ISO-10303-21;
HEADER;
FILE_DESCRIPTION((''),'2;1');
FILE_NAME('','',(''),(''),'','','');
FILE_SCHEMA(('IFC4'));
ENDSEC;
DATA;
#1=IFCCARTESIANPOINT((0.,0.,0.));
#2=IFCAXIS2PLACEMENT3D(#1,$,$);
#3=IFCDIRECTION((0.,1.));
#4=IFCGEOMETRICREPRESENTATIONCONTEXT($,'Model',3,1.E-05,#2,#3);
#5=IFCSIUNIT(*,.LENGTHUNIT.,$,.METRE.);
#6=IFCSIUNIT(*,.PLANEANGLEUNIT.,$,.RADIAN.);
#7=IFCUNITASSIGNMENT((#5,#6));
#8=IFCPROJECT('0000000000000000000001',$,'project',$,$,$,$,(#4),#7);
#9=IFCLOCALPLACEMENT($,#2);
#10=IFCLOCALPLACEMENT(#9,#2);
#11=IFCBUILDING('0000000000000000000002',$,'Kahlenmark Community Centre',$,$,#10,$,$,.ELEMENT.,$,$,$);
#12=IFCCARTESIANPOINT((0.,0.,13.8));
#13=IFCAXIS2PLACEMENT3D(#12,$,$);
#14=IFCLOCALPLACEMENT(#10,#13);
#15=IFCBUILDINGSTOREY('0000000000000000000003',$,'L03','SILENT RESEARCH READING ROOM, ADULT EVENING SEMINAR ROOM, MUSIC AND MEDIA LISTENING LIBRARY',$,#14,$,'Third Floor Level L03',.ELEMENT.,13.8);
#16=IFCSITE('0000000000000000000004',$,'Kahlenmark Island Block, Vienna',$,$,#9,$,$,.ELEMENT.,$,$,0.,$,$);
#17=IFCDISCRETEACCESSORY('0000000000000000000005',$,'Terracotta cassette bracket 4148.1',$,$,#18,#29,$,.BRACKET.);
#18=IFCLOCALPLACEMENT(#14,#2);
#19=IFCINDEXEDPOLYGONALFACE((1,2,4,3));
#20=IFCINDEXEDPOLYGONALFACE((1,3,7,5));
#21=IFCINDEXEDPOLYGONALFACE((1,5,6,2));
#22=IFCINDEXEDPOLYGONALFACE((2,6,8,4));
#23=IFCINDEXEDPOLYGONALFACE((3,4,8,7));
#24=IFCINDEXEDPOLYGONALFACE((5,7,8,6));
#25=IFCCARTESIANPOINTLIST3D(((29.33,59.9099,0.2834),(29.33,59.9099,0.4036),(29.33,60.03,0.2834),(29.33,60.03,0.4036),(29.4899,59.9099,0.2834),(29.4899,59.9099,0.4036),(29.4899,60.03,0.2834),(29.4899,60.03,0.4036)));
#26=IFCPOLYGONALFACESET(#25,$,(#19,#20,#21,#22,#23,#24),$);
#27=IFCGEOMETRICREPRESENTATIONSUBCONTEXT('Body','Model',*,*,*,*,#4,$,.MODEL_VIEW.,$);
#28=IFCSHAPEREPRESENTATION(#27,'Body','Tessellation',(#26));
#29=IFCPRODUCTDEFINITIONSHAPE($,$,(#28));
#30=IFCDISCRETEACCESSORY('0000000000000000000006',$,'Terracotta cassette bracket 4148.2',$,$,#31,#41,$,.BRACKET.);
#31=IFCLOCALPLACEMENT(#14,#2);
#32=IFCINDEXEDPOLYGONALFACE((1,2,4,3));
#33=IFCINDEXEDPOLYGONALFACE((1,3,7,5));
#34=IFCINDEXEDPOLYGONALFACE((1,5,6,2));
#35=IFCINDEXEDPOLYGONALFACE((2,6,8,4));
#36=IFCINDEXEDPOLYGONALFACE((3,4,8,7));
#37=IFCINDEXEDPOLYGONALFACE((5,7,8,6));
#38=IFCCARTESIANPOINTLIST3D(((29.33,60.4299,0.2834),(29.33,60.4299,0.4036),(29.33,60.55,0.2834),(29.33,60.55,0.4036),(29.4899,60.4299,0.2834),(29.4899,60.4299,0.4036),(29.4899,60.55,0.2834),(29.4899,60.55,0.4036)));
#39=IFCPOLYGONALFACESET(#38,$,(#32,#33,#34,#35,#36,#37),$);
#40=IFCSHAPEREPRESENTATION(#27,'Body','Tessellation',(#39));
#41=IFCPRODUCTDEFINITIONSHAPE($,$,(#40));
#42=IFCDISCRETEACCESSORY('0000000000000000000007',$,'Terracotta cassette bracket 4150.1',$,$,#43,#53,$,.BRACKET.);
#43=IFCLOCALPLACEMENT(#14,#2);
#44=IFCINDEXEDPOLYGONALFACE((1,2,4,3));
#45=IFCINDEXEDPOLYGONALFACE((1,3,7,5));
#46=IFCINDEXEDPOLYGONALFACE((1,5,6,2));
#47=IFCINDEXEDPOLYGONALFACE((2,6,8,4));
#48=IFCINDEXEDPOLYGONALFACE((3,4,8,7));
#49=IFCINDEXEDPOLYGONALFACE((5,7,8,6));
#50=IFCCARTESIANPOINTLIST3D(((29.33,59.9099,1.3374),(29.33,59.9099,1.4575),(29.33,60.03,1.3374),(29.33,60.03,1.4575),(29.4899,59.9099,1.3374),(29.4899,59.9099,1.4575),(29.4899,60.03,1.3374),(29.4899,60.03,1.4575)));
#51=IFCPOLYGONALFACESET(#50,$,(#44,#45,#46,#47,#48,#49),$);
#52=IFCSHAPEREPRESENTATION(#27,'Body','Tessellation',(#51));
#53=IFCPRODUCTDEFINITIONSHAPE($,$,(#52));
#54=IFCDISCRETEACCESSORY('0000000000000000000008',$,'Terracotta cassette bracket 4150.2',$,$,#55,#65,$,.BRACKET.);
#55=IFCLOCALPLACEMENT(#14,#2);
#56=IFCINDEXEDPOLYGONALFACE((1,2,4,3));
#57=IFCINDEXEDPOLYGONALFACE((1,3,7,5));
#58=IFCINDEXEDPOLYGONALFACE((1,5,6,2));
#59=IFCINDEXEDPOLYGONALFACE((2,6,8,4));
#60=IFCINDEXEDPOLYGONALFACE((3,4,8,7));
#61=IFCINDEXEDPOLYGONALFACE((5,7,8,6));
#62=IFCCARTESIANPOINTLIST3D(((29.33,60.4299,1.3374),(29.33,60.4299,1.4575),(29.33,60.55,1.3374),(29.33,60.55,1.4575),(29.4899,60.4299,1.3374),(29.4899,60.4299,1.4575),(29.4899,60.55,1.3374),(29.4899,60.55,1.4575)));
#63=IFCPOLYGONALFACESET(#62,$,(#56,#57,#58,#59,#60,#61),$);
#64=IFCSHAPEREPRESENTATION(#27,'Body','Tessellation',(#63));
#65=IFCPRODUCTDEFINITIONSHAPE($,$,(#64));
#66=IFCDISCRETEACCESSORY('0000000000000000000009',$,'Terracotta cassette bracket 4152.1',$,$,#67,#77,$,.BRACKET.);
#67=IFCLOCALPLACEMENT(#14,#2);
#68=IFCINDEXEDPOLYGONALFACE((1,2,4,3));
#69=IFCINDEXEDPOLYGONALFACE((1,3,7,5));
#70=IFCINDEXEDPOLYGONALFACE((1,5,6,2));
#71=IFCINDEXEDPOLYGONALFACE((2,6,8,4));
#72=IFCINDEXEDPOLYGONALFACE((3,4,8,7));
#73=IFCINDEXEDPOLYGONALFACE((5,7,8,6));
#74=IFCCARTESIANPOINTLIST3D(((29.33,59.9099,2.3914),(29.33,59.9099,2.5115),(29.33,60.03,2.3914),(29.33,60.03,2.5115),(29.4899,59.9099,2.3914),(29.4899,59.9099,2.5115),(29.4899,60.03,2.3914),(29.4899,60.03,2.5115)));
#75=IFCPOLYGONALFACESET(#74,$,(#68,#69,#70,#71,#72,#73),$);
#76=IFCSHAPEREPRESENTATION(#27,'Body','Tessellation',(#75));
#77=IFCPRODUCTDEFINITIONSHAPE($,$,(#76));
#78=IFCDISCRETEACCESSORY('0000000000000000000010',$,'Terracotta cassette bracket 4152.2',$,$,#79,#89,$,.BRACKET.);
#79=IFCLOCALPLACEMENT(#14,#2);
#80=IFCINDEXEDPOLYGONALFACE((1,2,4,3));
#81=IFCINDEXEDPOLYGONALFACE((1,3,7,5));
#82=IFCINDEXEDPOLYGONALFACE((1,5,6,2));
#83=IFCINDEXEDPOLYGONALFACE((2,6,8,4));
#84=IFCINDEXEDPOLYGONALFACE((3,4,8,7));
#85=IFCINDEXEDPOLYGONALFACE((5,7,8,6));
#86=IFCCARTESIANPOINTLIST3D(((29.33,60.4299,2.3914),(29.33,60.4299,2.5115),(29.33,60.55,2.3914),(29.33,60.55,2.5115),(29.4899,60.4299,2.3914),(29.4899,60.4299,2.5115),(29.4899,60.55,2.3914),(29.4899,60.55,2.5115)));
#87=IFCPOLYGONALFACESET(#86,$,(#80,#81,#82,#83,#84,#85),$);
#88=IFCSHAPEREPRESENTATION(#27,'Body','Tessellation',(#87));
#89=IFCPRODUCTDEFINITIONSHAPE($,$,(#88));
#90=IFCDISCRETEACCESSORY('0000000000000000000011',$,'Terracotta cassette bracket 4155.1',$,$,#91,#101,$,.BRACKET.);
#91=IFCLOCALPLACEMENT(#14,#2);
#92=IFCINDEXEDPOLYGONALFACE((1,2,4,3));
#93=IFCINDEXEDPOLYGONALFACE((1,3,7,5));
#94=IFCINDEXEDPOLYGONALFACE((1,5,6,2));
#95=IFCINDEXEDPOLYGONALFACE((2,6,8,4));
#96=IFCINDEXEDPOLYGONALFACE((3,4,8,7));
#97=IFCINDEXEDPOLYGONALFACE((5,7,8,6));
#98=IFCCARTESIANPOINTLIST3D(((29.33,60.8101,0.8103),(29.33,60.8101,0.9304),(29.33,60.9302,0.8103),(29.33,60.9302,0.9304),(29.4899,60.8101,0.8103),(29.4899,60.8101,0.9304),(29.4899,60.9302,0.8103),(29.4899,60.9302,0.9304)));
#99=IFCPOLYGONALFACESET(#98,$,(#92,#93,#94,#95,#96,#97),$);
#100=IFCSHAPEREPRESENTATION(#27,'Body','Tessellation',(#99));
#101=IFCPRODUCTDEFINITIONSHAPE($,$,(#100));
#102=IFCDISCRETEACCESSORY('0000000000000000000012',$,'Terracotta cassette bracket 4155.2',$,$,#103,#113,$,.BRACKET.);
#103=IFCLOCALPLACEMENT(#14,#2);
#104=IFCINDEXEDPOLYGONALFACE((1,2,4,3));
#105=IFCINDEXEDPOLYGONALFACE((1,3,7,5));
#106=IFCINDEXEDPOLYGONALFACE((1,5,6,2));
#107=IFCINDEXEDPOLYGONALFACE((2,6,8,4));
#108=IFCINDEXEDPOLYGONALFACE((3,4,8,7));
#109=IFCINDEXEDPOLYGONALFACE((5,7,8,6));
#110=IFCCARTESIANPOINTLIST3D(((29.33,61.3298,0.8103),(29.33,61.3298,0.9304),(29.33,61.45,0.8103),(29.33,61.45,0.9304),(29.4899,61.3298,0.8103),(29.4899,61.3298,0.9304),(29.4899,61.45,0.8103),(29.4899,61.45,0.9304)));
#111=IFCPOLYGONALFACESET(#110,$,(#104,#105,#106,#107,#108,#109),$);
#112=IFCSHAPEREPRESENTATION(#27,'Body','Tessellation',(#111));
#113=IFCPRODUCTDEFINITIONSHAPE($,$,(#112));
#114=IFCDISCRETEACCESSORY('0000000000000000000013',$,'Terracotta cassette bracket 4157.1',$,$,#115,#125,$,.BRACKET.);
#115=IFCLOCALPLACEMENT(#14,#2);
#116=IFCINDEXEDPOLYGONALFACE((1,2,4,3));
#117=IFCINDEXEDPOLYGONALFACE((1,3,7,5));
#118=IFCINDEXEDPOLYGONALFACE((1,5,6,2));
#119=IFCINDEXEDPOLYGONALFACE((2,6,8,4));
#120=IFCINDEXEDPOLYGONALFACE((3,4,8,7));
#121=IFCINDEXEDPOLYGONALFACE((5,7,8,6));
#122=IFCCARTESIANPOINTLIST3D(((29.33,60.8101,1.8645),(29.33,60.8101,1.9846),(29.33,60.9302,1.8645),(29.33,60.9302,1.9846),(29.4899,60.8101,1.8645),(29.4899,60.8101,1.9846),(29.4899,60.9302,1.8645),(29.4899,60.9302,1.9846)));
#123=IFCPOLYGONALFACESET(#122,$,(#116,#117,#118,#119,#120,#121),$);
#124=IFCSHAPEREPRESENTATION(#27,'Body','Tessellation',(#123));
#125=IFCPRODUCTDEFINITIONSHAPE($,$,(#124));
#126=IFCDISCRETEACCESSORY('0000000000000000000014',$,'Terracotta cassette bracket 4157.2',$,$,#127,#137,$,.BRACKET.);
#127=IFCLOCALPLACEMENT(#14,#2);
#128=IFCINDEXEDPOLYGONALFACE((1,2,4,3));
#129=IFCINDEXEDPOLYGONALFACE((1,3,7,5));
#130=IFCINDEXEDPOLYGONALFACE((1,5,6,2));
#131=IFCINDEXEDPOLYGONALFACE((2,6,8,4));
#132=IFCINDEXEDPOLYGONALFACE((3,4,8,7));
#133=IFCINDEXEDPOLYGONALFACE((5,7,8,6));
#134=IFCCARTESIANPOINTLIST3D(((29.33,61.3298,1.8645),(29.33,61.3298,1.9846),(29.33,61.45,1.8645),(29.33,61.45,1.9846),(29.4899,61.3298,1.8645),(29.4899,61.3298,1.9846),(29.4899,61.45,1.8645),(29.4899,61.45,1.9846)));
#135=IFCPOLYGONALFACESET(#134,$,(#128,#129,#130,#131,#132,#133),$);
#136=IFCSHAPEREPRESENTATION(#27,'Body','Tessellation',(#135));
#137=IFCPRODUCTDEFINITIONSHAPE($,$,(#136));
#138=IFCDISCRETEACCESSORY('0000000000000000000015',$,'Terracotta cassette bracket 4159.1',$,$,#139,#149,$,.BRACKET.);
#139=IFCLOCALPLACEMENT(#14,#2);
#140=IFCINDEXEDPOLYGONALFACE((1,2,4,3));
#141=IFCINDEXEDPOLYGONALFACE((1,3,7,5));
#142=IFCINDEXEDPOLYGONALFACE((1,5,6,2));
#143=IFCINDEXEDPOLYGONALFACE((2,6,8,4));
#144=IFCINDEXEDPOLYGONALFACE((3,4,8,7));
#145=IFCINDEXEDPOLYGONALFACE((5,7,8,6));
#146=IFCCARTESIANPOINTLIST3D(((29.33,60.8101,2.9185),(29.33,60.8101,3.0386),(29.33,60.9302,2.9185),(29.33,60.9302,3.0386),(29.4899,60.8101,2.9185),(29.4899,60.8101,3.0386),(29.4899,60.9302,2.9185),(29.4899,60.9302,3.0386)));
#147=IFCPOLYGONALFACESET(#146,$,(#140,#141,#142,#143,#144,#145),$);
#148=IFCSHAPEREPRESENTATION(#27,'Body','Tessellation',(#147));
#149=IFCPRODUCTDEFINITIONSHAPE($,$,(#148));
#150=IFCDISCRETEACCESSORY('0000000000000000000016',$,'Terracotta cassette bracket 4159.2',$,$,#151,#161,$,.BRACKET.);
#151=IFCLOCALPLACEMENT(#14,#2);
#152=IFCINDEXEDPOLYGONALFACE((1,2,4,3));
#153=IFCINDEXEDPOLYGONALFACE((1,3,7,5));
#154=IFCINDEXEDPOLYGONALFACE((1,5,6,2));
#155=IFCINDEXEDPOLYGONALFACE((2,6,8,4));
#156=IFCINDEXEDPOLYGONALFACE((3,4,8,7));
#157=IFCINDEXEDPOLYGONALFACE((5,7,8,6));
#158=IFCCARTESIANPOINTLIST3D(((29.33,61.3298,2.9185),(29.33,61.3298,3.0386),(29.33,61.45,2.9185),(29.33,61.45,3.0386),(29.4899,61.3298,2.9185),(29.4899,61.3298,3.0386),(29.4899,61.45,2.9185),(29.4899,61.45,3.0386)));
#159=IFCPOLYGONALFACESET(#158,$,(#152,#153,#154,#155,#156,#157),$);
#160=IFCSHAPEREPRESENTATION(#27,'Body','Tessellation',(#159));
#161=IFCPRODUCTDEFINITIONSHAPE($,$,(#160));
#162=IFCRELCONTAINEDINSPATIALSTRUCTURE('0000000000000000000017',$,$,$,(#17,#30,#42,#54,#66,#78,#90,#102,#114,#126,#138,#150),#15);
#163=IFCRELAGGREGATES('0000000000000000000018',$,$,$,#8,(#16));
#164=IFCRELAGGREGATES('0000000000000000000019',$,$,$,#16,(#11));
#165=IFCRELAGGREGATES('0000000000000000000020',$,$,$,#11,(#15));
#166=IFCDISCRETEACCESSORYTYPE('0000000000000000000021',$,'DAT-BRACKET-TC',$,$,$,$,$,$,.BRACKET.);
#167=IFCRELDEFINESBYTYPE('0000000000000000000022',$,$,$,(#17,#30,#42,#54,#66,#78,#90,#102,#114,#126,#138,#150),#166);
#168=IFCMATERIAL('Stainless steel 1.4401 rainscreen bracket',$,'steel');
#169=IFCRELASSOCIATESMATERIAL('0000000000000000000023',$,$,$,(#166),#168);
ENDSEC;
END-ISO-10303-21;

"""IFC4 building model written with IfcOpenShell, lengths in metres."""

from ifc_helpers import new_model, si_unit, direction, frame, origin, origin_2d, place, context, subcontext, project, spatial, rectangle, extrude, material, type_object, element, save


model = new_model("IFC4")

# Units and contexts
model_context = context("Model", 3, precision=1e-05, world=origin(), true_north=direction((0.0, 1.0)))
body_context = subcontext(model_context, "Body", "Model", "MODEL_VIEW")
ifc_project = project(units=[si_unit("LENGTHUNIT", "METRE"), si_unit("PLANEANGLEUNIT", "RADIAN")], contexts=[model_context])

# Site, building, storey
site_placement = place(None, origin())
site = spatial("IfcSite", under=ifc_project, at=site_placement, Name="Kahlenmark Island Block, Vienna", CompositionType="ELEMENT", RefElevation=0.0)
building_placement = place(site_placement, origin())
building = spatial("IfcBuilding", under=site, at=building_placement, Name="Kahlenmark Community Centre", CompositionType="ELEMENT")
storey_placement = place(building_placement, frame((0.0, 0.0, 13.8)))
storey = spatial("IfcBuildingStorey", under=building, at=storey_placement, Name="L03", Description="SILENT RESEARCH READING ROOM, ADULT EVENING SEMINAR ROOM, MUSIC AND MEDIA LISTENING LIBRARY", LongName="Third Floor Level L03", CompositionType="ELEMENT", Elevation=13.8)

# Discrete accessories
ifc_material_1 = material(Name="Stainless steel 1.4401 rainscreen bracket", Category="steel")
discrete_accessory_type = type_object("IfcDiscreteAccessoryType", Name="DAT-BRACKET-TC", PredefinedType="BRACKET", material=ifc_material_1)
for number, where, z_axis, x_axis, name in (
    (1, (29.4099, 59.97, 0.2834), (0.0, 0.0, 1.0), (0.0, 1.0, 0.0), "Terracotta cassette bracket 4148.1"),
    (2, (29.4099, 60.49, 0.2834), (0.0, 0.0, 1.0), (0.0, 1.0, 0.0), "Terracotta cassette bracket 4148.2"),
    (3, (29.4099, 59.97, 1.3374), (0.0, 0.0, 1.0), (0.0, 1.0, 0.0), "Terracotta cassette bracket 4150.1"),
    (4, (29.4099, 60.49, 1.3374), (0.0, 0.0, 1.0), (0.0, 1.0, 0.0), "Terracotta cassette bracket 4150.2"),
    (5, (29.4099, 59.97, 2.3914), (0.0, 0.0, 1.0), (0.0, 1.0, 0.0), "Terracotta cassette bracket 4152.1"),
    (6, (29.4099, 60.49, 2.3914), (0.0, 0.0, 1.0), (0.0, 1.0, 0.0), "Terracotta cassette bracket 4152.2"),
    (7, (29.4099, 60.8701, 0.8103), (0.0, 0.0, 1.0), (0.0, 1.0, 0.0), "Terracotta cassette bracket 4155.1"),
    (8, (29.4099, 61.3899, 0.8103), (0.0, 0.0, 1.0), (0.0, 1.0, 0.0), "Terracotta cassette bracket 4155.2"),
    (9, (29.4099, 60.8701, 1.8645), (0.0, 0.0, 1.0), (0.0, 1.0, 0.0), "Terracotta cassette bracket 4157.1"),
    (10, (29.4099, 61.3899, 1.8645), (0.0, 0.0, 1.0), (0.0, 1.0, 0.0), "Terracotta cassette bracket 4157.2"),
    (11, (29.4099, 60.8701, 2.9185), (0.0, 0.0, 1.0), (0.0, 1.0, 0.0), "Terracotta cassette bracket 4159.1"),
    (12, (29.4099, 61.3899, 2.9185), (0.0, 0.0, 1.0), (0.0, 1.0, 0.0), "Terracotta cassette bracket 4159.2"),
):
    element("IfcDiscreteAccessory", number, at=place(storey_placement, frame(where, z_axis=z_axis, x_axis=x_axis)), inside=storey, type_object=discrete_accessory_type, Name=name, PredefinedType="BRACKET", context=body_context, shape_type="SweptSolid", body=[
        extrude(rectangle(XDim=0.1201, YDim=0.1599, at=origin_2d()), origin(), (0.0, 0.0, 1.0), 0.1201),
    ])

save(model, "model.ifc")
